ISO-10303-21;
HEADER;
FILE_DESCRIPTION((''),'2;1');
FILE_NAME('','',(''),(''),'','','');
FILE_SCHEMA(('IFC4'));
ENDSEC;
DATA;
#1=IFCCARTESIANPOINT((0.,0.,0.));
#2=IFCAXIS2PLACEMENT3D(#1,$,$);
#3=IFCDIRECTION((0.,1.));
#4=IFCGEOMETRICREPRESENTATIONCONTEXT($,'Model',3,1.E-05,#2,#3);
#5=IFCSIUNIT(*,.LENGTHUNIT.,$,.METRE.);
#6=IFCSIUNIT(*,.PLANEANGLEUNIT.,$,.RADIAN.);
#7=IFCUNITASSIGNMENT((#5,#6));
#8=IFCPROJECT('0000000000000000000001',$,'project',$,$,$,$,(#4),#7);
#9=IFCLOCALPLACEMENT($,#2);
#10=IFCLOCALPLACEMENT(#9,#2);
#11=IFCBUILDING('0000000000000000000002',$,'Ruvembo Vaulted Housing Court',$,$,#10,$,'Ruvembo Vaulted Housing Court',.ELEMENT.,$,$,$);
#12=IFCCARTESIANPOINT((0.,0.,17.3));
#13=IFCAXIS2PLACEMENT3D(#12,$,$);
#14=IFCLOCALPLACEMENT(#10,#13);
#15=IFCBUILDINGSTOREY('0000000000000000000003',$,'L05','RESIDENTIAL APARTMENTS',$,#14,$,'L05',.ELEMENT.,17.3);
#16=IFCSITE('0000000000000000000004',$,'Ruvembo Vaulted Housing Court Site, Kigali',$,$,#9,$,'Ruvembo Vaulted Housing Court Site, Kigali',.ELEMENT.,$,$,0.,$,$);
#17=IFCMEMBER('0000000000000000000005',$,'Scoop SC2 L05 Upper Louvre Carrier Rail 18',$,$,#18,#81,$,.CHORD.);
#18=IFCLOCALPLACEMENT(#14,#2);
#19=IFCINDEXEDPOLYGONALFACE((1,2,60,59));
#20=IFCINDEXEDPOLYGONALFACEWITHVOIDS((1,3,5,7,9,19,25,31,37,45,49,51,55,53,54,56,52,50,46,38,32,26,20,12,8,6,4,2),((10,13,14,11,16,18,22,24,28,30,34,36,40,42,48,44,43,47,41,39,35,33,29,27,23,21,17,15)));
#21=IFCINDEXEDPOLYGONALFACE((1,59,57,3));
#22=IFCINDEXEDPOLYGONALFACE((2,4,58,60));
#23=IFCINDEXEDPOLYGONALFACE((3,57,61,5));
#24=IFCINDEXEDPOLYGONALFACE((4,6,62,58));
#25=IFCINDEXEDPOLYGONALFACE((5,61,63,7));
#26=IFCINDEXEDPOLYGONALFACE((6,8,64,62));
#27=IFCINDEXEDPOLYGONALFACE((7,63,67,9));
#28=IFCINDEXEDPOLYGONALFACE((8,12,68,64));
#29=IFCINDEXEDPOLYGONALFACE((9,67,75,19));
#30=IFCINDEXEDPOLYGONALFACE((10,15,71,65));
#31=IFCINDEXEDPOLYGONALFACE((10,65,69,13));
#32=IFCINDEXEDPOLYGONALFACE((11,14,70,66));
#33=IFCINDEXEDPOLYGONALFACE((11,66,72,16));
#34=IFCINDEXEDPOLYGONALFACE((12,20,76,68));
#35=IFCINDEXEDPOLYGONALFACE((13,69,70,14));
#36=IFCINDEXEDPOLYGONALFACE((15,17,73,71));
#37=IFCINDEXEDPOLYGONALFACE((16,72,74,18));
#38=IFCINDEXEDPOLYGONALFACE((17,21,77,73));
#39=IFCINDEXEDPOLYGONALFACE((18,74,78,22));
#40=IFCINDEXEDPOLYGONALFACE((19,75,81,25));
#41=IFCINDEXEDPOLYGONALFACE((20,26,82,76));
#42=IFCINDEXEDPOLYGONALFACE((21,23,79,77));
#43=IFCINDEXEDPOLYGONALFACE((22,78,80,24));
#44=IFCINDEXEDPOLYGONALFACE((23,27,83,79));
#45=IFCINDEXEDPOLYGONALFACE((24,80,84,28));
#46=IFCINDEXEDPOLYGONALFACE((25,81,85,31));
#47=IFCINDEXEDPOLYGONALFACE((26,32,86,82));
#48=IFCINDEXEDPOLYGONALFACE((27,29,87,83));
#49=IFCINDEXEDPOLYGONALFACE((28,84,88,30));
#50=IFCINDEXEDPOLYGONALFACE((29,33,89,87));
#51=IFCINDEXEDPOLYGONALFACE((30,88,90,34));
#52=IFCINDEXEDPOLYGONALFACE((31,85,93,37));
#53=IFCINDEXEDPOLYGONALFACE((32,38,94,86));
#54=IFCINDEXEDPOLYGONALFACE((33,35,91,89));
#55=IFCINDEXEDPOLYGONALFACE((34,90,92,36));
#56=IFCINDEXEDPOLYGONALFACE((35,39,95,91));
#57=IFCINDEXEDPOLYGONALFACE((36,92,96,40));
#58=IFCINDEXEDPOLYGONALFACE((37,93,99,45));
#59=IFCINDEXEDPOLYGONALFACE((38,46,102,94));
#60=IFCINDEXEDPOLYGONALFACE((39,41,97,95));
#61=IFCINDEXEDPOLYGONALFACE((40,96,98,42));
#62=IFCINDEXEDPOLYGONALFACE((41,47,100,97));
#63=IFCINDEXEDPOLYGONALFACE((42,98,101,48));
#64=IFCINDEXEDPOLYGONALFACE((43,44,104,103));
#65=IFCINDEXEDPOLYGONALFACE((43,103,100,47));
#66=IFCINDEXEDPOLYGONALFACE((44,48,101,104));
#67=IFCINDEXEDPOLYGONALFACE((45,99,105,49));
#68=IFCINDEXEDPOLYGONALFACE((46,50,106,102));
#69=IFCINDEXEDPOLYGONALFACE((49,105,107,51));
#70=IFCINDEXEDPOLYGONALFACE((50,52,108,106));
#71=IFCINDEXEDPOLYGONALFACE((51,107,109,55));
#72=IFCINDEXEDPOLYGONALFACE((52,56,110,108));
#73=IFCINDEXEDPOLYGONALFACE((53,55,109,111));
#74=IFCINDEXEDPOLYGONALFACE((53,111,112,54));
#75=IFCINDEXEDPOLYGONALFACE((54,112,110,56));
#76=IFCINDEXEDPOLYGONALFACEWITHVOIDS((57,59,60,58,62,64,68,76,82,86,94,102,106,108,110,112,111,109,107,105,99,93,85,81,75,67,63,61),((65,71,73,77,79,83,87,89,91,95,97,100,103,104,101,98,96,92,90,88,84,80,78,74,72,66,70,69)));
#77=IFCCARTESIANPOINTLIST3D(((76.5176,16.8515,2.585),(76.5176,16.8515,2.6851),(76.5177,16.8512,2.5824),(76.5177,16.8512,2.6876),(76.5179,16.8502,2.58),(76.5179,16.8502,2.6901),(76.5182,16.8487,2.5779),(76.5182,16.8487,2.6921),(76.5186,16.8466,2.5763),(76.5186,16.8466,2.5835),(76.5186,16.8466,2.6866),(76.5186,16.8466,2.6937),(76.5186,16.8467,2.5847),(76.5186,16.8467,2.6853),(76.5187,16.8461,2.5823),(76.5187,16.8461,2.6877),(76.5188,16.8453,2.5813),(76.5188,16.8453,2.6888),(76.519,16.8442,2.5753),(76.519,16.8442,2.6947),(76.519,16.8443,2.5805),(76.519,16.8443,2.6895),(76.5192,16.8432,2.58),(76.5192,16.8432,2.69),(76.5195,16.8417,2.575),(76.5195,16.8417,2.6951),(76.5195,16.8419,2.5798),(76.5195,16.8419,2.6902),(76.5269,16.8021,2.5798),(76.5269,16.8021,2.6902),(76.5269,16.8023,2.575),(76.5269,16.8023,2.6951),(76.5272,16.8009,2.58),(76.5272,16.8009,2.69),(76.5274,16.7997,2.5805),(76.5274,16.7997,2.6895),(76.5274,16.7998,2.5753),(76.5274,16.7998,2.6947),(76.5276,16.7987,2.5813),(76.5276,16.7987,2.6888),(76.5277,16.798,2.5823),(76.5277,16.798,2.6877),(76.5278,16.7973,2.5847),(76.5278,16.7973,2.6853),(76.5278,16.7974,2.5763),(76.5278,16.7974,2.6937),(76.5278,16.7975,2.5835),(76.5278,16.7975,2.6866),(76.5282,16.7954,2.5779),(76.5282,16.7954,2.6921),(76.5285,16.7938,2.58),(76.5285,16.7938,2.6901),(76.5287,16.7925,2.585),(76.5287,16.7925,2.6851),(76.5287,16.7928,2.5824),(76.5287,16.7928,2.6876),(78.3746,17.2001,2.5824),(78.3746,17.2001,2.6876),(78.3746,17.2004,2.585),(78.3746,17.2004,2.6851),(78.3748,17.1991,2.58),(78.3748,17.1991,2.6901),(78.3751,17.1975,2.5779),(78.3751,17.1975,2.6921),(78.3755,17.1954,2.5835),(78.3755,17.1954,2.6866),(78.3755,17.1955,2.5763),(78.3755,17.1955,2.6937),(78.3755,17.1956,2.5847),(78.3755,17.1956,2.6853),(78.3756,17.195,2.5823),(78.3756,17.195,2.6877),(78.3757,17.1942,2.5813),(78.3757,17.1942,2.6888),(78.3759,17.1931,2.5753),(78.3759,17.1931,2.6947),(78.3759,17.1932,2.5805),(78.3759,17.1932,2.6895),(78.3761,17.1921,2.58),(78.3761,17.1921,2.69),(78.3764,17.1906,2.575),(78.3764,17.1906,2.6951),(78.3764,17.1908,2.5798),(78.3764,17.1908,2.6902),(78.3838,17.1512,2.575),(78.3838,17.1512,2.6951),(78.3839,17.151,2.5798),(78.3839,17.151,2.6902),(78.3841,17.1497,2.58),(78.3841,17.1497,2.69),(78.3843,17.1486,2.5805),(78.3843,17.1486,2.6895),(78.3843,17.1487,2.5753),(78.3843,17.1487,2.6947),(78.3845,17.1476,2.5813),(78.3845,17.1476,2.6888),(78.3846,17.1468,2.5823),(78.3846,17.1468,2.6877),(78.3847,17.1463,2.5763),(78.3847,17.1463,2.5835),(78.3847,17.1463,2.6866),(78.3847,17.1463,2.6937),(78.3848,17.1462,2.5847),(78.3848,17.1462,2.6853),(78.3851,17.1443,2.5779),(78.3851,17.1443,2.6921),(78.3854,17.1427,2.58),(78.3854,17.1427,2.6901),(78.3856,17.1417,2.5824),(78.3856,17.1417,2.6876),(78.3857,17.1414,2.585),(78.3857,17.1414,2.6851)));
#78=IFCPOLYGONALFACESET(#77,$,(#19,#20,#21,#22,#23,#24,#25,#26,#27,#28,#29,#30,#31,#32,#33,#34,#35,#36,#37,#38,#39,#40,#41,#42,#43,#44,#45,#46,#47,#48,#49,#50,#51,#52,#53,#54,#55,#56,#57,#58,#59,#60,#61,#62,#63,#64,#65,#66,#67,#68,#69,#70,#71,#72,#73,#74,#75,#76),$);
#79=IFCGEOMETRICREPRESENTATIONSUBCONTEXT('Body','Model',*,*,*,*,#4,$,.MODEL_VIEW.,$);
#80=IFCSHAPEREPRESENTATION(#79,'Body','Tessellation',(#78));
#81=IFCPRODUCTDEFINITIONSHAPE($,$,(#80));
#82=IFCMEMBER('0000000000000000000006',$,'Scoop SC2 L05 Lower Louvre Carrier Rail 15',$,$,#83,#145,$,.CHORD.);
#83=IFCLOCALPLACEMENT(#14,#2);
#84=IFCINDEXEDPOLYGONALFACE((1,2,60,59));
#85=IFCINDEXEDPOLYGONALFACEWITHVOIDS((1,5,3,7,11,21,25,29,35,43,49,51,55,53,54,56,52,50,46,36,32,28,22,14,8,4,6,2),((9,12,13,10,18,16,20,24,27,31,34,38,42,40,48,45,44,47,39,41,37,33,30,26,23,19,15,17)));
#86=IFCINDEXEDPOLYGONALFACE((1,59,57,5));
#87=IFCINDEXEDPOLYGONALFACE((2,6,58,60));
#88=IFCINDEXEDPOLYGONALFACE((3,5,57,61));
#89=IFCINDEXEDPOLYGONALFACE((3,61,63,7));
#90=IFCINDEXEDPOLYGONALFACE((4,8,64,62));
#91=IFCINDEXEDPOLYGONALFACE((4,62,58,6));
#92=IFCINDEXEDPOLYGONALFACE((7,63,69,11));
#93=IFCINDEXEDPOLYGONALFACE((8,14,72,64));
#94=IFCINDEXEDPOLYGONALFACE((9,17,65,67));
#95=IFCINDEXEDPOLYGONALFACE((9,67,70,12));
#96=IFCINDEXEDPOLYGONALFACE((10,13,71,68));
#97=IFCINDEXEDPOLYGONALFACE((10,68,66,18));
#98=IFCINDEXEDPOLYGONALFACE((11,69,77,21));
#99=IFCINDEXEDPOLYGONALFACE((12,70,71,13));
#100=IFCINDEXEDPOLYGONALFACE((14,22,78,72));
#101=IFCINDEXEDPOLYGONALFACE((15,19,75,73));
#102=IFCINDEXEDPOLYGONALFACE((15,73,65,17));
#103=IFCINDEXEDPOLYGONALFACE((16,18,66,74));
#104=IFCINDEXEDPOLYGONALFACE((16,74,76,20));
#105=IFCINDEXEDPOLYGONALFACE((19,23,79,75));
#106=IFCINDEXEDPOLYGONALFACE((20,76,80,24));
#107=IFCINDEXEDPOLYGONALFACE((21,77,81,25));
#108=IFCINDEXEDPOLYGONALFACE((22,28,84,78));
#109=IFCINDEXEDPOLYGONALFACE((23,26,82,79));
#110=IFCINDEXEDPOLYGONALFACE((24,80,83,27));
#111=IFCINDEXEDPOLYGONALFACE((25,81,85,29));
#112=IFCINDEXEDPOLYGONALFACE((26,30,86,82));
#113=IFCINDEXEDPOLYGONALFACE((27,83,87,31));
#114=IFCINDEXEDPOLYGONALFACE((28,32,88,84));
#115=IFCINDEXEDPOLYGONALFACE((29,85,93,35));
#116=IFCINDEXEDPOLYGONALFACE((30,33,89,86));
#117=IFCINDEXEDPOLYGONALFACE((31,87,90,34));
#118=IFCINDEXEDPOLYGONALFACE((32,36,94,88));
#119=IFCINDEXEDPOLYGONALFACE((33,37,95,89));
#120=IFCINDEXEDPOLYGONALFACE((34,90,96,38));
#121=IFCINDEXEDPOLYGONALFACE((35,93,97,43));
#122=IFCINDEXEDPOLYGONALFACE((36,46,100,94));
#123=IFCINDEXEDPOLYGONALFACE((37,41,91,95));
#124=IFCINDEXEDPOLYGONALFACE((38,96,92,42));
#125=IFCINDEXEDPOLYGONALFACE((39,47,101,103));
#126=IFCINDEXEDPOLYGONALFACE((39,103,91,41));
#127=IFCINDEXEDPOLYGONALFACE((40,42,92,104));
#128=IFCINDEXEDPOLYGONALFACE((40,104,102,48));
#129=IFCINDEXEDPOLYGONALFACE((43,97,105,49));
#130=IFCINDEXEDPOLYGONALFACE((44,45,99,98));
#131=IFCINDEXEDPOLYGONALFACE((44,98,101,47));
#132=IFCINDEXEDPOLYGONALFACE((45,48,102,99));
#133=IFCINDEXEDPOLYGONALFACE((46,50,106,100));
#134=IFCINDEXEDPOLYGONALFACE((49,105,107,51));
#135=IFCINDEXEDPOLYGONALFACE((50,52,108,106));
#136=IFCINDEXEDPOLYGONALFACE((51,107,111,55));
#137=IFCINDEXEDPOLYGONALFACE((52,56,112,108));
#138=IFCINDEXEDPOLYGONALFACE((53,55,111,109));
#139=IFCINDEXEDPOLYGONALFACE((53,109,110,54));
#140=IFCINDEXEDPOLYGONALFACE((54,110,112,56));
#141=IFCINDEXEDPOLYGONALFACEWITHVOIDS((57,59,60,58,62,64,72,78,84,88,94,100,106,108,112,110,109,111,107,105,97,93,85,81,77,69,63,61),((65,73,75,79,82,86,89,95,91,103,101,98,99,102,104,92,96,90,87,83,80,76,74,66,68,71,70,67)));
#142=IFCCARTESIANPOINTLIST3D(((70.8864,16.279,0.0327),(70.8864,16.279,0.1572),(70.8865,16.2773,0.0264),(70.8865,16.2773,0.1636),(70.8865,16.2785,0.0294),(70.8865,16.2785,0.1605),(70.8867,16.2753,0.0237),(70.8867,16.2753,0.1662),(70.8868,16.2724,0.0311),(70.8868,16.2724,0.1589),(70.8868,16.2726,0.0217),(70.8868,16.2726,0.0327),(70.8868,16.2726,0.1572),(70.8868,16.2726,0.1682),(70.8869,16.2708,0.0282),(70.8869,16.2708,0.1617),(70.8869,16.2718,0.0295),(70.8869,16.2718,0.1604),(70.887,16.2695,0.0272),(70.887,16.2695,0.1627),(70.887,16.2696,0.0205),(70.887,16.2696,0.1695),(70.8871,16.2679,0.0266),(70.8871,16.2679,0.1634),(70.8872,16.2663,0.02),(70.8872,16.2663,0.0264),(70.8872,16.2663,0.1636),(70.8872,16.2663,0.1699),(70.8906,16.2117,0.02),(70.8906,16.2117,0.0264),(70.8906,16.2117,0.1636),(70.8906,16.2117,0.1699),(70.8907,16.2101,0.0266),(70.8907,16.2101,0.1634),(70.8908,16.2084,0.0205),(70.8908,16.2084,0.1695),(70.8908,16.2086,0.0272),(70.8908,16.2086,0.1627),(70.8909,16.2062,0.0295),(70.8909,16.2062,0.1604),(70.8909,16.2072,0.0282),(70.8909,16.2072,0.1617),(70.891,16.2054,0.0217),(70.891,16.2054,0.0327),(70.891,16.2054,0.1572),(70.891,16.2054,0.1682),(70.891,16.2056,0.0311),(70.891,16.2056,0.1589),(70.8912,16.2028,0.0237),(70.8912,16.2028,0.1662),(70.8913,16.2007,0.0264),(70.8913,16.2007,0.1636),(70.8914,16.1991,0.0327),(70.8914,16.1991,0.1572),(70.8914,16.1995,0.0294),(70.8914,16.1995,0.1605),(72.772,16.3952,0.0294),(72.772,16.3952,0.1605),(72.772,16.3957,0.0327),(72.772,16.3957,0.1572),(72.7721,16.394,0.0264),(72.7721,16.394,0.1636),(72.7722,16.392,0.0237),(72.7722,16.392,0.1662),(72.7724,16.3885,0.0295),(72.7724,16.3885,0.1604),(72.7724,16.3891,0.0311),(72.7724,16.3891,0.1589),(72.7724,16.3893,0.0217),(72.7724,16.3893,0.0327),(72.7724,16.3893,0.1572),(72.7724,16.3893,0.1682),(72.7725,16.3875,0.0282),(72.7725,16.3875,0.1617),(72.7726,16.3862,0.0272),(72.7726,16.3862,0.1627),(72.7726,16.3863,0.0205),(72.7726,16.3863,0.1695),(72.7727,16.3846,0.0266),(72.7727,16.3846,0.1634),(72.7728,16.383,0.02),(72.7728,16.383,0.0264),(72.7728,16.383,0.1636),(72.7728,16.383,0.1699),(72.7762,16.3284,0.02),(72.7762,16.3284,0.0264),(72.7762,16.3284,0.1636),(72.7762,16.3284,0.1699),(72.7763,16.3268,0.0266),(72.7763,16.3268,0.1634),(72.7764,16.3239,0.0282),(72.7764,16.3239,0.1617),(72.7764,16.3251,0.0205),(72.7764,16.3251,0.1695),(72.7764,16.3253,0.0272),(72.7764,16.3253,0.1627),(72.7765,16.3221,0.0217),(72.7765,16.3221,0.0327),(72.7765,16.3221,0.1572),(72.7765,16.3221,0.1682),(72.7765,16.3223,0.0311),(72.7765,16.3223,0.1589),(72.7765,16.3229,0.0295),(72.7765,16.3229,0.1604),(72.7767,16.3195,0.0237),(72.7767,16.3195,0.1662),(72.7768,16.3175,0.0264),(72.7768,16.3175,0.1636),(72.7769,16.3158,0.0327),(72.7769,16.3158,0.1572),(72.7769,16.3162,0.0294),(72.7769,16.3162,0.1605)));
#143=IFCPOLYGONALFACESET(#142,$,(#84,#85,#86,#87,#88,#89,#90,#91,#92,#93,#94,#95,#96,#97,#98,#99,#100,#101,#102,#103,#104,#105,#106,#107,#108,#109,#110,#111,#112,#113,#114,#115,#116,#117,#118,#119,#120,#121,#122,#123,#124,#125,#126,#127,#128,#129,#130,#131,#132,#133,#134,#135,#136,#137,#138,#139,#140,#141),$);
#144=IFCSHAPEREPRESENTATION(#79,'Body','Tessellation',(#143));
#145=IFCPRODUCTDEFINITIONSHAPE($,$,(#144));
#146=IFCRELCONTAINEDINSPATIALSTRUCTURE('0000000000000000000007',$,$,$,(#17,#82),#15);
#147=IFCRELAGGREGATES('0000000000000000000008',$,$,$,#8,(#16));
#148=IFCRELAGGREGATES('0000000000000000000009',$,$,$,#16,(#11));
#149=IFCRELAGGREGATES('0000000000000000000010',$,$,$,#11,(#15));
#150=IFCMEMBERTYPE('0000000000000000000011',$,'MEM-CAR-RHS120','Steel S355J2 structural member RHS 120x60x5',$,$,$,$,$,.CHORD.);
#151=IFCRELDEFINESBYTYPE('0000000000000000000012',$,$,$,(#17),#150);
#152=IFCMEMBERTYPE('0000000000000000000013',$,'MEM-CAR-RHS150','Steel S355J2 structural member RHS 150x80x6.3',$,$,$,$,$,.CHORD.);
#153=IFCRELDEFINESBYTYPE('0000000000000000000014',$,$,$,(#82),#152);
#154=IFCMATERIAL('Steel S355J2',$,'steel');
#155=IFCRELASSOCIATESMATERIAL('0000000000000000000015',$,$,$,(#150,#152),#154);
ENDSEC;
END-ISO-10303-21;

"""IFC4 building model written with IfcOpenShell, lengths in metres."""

from ifc_helpers import new_model, si_unit, direction, frame, origin, origin_2d, place, context, subcontext, project, spatial, hollow_rectangle, extrude, material, material_profile, profile_set, type_object, element, save


model = new_model("IFC4")

# Units and contexts
model_context = context("Model", 3, precision=1e-05, world=origin(), true_north=direction((0.0, 1.0)))
body_context = subcontext(model_context, "Body", "Model", "MODEL_VIEW")
ifc_project = project(units=[si_unit("LENGTHUNIT", "METRE"), si_unit("PLANEANGLEUNIT", "RADIAN")], contexts=[model_context])

# Site, building, storey
site_placement = place(None, origin())
site = spatial("IfcSite", under=ifc_project, at=site_placement, Name="Ruvembo Vaulted Housing Court Site, Kigali", LongName="Ruvembo Vaulted Housing Court Site, Kigali", CompositionType="ELEMENT", RefElevation=0.0)
building_placement = place(site_placement, origin())
building = spatial("IfcBuilding", under=site, at=building_placement, Name="Ruvembo Vaulted Housing Court", LongName="Ruvembo Vaulted Housing Court", CompositionType="ELEMENT")
storey_placement = place(building_placement, frame((0.0, 0.0, 17.3)))
storey = spatial("IfcBuildingStorey", under=building, at=storey_placement, Name="L05", Description="RESIDENTIAL APARTMENTS", LongName="L05", CompositionType="ELEMENT", Elevation=17.3)

# Shared definitions
ifc_material_1 = material(Name="Steel S355J2", Category="steel")

# Members
ifc_material_profile_1 = material_profile(ifc_material_1, hollow_rectangle(XDim=0.0601, YDim=0.1201, WallThickness=0.0049, InnerFilletRadius=0.0049, OuterFilletRadius=0.01, at=origin_2d()), Name="RHS 120x60x5")
ifc_profile_set_1 = profile_set([ifc_material_profile_1], Name="Steel S355J2")
member_type_1 = type_object("IfcMemberType", Name="MEM-CAR-RHS120", Description="Steel S355J2 structural member RHS 120x60x5", PredefinedType="CHORD", material=ifc_profile_set_1)
member_1_placement = place(storey_placement, frame((76.5232, 16.822, 2.635), z_axis=(0.982805, 0.184647, 0.0), x_axis=(-0.184647, 0.982805, 0.0)))
element("IfcMember", 1, at=member_1_placement, inside=storey, type_object=member_type_1, Name="Scoop SC2 L05 Upper Louvre Carrier Rail 18", PredefinedType="CHORD", context=body_context, shape_type="SweptSolid", body=[
    extrude(hollow_rectangle(XDim=0.0601, YDim=0.1201, WallThickness=0.0049, InnerFilletRadius=0.0049, OuterFilletRadius=0.01, at=origin_2d()), origin(), (0.0, 0.0, 1.0), 1.8894),
])
ifc_material_profile_2 = material_profile(ifc_material_1, hollow_rectangle(XDim=0.0801, YDim=0.1499, WallThickness=0.0063, InnerFilletRadius=0.0063, OuterFilletRadius=0.0127, at=origin_2d()), Name="RHS 150x80x6.3")
ifc_profile_set_2 = profile_set([ifc_material_profile_2], Name="Steel S355J2")
member_type_2 = type_object("IfcMemberType", Name="MEM-CAR-RHS150", Description="Steel S355J2 structural member RHS 150x80x6.3", PredefinedType="CHORD", material=ifc_profile_set_2)
member_2_placement = place(storey_placement, frame((70.8889, 16.239, 0.095), z_axis=(0.99809, 0.061775, 0.0), x_axis=(-0.061775, 0.99809, 0.0)))
element("IfcMember", 2, at=member_2_placement, inside=storey, type_object=member_type_2, Name="Scoop SC2 L05 Lower Louvre Carrier Rail 15", PredefinedType="CHORD", context=body_context, shape_type="SweptSolid", body=[
    extrude(hollow_rectangle(XDim=0.0801, YDim=0.1499, WallThickness=0.0063, InnerFilletRadius=0.0063, OuterFilletRadius=0.0127, at=origin_2d()), origin(), (0.0, 0.0, 1.0), 1.8892),
])

save(model, "model.ifc")
